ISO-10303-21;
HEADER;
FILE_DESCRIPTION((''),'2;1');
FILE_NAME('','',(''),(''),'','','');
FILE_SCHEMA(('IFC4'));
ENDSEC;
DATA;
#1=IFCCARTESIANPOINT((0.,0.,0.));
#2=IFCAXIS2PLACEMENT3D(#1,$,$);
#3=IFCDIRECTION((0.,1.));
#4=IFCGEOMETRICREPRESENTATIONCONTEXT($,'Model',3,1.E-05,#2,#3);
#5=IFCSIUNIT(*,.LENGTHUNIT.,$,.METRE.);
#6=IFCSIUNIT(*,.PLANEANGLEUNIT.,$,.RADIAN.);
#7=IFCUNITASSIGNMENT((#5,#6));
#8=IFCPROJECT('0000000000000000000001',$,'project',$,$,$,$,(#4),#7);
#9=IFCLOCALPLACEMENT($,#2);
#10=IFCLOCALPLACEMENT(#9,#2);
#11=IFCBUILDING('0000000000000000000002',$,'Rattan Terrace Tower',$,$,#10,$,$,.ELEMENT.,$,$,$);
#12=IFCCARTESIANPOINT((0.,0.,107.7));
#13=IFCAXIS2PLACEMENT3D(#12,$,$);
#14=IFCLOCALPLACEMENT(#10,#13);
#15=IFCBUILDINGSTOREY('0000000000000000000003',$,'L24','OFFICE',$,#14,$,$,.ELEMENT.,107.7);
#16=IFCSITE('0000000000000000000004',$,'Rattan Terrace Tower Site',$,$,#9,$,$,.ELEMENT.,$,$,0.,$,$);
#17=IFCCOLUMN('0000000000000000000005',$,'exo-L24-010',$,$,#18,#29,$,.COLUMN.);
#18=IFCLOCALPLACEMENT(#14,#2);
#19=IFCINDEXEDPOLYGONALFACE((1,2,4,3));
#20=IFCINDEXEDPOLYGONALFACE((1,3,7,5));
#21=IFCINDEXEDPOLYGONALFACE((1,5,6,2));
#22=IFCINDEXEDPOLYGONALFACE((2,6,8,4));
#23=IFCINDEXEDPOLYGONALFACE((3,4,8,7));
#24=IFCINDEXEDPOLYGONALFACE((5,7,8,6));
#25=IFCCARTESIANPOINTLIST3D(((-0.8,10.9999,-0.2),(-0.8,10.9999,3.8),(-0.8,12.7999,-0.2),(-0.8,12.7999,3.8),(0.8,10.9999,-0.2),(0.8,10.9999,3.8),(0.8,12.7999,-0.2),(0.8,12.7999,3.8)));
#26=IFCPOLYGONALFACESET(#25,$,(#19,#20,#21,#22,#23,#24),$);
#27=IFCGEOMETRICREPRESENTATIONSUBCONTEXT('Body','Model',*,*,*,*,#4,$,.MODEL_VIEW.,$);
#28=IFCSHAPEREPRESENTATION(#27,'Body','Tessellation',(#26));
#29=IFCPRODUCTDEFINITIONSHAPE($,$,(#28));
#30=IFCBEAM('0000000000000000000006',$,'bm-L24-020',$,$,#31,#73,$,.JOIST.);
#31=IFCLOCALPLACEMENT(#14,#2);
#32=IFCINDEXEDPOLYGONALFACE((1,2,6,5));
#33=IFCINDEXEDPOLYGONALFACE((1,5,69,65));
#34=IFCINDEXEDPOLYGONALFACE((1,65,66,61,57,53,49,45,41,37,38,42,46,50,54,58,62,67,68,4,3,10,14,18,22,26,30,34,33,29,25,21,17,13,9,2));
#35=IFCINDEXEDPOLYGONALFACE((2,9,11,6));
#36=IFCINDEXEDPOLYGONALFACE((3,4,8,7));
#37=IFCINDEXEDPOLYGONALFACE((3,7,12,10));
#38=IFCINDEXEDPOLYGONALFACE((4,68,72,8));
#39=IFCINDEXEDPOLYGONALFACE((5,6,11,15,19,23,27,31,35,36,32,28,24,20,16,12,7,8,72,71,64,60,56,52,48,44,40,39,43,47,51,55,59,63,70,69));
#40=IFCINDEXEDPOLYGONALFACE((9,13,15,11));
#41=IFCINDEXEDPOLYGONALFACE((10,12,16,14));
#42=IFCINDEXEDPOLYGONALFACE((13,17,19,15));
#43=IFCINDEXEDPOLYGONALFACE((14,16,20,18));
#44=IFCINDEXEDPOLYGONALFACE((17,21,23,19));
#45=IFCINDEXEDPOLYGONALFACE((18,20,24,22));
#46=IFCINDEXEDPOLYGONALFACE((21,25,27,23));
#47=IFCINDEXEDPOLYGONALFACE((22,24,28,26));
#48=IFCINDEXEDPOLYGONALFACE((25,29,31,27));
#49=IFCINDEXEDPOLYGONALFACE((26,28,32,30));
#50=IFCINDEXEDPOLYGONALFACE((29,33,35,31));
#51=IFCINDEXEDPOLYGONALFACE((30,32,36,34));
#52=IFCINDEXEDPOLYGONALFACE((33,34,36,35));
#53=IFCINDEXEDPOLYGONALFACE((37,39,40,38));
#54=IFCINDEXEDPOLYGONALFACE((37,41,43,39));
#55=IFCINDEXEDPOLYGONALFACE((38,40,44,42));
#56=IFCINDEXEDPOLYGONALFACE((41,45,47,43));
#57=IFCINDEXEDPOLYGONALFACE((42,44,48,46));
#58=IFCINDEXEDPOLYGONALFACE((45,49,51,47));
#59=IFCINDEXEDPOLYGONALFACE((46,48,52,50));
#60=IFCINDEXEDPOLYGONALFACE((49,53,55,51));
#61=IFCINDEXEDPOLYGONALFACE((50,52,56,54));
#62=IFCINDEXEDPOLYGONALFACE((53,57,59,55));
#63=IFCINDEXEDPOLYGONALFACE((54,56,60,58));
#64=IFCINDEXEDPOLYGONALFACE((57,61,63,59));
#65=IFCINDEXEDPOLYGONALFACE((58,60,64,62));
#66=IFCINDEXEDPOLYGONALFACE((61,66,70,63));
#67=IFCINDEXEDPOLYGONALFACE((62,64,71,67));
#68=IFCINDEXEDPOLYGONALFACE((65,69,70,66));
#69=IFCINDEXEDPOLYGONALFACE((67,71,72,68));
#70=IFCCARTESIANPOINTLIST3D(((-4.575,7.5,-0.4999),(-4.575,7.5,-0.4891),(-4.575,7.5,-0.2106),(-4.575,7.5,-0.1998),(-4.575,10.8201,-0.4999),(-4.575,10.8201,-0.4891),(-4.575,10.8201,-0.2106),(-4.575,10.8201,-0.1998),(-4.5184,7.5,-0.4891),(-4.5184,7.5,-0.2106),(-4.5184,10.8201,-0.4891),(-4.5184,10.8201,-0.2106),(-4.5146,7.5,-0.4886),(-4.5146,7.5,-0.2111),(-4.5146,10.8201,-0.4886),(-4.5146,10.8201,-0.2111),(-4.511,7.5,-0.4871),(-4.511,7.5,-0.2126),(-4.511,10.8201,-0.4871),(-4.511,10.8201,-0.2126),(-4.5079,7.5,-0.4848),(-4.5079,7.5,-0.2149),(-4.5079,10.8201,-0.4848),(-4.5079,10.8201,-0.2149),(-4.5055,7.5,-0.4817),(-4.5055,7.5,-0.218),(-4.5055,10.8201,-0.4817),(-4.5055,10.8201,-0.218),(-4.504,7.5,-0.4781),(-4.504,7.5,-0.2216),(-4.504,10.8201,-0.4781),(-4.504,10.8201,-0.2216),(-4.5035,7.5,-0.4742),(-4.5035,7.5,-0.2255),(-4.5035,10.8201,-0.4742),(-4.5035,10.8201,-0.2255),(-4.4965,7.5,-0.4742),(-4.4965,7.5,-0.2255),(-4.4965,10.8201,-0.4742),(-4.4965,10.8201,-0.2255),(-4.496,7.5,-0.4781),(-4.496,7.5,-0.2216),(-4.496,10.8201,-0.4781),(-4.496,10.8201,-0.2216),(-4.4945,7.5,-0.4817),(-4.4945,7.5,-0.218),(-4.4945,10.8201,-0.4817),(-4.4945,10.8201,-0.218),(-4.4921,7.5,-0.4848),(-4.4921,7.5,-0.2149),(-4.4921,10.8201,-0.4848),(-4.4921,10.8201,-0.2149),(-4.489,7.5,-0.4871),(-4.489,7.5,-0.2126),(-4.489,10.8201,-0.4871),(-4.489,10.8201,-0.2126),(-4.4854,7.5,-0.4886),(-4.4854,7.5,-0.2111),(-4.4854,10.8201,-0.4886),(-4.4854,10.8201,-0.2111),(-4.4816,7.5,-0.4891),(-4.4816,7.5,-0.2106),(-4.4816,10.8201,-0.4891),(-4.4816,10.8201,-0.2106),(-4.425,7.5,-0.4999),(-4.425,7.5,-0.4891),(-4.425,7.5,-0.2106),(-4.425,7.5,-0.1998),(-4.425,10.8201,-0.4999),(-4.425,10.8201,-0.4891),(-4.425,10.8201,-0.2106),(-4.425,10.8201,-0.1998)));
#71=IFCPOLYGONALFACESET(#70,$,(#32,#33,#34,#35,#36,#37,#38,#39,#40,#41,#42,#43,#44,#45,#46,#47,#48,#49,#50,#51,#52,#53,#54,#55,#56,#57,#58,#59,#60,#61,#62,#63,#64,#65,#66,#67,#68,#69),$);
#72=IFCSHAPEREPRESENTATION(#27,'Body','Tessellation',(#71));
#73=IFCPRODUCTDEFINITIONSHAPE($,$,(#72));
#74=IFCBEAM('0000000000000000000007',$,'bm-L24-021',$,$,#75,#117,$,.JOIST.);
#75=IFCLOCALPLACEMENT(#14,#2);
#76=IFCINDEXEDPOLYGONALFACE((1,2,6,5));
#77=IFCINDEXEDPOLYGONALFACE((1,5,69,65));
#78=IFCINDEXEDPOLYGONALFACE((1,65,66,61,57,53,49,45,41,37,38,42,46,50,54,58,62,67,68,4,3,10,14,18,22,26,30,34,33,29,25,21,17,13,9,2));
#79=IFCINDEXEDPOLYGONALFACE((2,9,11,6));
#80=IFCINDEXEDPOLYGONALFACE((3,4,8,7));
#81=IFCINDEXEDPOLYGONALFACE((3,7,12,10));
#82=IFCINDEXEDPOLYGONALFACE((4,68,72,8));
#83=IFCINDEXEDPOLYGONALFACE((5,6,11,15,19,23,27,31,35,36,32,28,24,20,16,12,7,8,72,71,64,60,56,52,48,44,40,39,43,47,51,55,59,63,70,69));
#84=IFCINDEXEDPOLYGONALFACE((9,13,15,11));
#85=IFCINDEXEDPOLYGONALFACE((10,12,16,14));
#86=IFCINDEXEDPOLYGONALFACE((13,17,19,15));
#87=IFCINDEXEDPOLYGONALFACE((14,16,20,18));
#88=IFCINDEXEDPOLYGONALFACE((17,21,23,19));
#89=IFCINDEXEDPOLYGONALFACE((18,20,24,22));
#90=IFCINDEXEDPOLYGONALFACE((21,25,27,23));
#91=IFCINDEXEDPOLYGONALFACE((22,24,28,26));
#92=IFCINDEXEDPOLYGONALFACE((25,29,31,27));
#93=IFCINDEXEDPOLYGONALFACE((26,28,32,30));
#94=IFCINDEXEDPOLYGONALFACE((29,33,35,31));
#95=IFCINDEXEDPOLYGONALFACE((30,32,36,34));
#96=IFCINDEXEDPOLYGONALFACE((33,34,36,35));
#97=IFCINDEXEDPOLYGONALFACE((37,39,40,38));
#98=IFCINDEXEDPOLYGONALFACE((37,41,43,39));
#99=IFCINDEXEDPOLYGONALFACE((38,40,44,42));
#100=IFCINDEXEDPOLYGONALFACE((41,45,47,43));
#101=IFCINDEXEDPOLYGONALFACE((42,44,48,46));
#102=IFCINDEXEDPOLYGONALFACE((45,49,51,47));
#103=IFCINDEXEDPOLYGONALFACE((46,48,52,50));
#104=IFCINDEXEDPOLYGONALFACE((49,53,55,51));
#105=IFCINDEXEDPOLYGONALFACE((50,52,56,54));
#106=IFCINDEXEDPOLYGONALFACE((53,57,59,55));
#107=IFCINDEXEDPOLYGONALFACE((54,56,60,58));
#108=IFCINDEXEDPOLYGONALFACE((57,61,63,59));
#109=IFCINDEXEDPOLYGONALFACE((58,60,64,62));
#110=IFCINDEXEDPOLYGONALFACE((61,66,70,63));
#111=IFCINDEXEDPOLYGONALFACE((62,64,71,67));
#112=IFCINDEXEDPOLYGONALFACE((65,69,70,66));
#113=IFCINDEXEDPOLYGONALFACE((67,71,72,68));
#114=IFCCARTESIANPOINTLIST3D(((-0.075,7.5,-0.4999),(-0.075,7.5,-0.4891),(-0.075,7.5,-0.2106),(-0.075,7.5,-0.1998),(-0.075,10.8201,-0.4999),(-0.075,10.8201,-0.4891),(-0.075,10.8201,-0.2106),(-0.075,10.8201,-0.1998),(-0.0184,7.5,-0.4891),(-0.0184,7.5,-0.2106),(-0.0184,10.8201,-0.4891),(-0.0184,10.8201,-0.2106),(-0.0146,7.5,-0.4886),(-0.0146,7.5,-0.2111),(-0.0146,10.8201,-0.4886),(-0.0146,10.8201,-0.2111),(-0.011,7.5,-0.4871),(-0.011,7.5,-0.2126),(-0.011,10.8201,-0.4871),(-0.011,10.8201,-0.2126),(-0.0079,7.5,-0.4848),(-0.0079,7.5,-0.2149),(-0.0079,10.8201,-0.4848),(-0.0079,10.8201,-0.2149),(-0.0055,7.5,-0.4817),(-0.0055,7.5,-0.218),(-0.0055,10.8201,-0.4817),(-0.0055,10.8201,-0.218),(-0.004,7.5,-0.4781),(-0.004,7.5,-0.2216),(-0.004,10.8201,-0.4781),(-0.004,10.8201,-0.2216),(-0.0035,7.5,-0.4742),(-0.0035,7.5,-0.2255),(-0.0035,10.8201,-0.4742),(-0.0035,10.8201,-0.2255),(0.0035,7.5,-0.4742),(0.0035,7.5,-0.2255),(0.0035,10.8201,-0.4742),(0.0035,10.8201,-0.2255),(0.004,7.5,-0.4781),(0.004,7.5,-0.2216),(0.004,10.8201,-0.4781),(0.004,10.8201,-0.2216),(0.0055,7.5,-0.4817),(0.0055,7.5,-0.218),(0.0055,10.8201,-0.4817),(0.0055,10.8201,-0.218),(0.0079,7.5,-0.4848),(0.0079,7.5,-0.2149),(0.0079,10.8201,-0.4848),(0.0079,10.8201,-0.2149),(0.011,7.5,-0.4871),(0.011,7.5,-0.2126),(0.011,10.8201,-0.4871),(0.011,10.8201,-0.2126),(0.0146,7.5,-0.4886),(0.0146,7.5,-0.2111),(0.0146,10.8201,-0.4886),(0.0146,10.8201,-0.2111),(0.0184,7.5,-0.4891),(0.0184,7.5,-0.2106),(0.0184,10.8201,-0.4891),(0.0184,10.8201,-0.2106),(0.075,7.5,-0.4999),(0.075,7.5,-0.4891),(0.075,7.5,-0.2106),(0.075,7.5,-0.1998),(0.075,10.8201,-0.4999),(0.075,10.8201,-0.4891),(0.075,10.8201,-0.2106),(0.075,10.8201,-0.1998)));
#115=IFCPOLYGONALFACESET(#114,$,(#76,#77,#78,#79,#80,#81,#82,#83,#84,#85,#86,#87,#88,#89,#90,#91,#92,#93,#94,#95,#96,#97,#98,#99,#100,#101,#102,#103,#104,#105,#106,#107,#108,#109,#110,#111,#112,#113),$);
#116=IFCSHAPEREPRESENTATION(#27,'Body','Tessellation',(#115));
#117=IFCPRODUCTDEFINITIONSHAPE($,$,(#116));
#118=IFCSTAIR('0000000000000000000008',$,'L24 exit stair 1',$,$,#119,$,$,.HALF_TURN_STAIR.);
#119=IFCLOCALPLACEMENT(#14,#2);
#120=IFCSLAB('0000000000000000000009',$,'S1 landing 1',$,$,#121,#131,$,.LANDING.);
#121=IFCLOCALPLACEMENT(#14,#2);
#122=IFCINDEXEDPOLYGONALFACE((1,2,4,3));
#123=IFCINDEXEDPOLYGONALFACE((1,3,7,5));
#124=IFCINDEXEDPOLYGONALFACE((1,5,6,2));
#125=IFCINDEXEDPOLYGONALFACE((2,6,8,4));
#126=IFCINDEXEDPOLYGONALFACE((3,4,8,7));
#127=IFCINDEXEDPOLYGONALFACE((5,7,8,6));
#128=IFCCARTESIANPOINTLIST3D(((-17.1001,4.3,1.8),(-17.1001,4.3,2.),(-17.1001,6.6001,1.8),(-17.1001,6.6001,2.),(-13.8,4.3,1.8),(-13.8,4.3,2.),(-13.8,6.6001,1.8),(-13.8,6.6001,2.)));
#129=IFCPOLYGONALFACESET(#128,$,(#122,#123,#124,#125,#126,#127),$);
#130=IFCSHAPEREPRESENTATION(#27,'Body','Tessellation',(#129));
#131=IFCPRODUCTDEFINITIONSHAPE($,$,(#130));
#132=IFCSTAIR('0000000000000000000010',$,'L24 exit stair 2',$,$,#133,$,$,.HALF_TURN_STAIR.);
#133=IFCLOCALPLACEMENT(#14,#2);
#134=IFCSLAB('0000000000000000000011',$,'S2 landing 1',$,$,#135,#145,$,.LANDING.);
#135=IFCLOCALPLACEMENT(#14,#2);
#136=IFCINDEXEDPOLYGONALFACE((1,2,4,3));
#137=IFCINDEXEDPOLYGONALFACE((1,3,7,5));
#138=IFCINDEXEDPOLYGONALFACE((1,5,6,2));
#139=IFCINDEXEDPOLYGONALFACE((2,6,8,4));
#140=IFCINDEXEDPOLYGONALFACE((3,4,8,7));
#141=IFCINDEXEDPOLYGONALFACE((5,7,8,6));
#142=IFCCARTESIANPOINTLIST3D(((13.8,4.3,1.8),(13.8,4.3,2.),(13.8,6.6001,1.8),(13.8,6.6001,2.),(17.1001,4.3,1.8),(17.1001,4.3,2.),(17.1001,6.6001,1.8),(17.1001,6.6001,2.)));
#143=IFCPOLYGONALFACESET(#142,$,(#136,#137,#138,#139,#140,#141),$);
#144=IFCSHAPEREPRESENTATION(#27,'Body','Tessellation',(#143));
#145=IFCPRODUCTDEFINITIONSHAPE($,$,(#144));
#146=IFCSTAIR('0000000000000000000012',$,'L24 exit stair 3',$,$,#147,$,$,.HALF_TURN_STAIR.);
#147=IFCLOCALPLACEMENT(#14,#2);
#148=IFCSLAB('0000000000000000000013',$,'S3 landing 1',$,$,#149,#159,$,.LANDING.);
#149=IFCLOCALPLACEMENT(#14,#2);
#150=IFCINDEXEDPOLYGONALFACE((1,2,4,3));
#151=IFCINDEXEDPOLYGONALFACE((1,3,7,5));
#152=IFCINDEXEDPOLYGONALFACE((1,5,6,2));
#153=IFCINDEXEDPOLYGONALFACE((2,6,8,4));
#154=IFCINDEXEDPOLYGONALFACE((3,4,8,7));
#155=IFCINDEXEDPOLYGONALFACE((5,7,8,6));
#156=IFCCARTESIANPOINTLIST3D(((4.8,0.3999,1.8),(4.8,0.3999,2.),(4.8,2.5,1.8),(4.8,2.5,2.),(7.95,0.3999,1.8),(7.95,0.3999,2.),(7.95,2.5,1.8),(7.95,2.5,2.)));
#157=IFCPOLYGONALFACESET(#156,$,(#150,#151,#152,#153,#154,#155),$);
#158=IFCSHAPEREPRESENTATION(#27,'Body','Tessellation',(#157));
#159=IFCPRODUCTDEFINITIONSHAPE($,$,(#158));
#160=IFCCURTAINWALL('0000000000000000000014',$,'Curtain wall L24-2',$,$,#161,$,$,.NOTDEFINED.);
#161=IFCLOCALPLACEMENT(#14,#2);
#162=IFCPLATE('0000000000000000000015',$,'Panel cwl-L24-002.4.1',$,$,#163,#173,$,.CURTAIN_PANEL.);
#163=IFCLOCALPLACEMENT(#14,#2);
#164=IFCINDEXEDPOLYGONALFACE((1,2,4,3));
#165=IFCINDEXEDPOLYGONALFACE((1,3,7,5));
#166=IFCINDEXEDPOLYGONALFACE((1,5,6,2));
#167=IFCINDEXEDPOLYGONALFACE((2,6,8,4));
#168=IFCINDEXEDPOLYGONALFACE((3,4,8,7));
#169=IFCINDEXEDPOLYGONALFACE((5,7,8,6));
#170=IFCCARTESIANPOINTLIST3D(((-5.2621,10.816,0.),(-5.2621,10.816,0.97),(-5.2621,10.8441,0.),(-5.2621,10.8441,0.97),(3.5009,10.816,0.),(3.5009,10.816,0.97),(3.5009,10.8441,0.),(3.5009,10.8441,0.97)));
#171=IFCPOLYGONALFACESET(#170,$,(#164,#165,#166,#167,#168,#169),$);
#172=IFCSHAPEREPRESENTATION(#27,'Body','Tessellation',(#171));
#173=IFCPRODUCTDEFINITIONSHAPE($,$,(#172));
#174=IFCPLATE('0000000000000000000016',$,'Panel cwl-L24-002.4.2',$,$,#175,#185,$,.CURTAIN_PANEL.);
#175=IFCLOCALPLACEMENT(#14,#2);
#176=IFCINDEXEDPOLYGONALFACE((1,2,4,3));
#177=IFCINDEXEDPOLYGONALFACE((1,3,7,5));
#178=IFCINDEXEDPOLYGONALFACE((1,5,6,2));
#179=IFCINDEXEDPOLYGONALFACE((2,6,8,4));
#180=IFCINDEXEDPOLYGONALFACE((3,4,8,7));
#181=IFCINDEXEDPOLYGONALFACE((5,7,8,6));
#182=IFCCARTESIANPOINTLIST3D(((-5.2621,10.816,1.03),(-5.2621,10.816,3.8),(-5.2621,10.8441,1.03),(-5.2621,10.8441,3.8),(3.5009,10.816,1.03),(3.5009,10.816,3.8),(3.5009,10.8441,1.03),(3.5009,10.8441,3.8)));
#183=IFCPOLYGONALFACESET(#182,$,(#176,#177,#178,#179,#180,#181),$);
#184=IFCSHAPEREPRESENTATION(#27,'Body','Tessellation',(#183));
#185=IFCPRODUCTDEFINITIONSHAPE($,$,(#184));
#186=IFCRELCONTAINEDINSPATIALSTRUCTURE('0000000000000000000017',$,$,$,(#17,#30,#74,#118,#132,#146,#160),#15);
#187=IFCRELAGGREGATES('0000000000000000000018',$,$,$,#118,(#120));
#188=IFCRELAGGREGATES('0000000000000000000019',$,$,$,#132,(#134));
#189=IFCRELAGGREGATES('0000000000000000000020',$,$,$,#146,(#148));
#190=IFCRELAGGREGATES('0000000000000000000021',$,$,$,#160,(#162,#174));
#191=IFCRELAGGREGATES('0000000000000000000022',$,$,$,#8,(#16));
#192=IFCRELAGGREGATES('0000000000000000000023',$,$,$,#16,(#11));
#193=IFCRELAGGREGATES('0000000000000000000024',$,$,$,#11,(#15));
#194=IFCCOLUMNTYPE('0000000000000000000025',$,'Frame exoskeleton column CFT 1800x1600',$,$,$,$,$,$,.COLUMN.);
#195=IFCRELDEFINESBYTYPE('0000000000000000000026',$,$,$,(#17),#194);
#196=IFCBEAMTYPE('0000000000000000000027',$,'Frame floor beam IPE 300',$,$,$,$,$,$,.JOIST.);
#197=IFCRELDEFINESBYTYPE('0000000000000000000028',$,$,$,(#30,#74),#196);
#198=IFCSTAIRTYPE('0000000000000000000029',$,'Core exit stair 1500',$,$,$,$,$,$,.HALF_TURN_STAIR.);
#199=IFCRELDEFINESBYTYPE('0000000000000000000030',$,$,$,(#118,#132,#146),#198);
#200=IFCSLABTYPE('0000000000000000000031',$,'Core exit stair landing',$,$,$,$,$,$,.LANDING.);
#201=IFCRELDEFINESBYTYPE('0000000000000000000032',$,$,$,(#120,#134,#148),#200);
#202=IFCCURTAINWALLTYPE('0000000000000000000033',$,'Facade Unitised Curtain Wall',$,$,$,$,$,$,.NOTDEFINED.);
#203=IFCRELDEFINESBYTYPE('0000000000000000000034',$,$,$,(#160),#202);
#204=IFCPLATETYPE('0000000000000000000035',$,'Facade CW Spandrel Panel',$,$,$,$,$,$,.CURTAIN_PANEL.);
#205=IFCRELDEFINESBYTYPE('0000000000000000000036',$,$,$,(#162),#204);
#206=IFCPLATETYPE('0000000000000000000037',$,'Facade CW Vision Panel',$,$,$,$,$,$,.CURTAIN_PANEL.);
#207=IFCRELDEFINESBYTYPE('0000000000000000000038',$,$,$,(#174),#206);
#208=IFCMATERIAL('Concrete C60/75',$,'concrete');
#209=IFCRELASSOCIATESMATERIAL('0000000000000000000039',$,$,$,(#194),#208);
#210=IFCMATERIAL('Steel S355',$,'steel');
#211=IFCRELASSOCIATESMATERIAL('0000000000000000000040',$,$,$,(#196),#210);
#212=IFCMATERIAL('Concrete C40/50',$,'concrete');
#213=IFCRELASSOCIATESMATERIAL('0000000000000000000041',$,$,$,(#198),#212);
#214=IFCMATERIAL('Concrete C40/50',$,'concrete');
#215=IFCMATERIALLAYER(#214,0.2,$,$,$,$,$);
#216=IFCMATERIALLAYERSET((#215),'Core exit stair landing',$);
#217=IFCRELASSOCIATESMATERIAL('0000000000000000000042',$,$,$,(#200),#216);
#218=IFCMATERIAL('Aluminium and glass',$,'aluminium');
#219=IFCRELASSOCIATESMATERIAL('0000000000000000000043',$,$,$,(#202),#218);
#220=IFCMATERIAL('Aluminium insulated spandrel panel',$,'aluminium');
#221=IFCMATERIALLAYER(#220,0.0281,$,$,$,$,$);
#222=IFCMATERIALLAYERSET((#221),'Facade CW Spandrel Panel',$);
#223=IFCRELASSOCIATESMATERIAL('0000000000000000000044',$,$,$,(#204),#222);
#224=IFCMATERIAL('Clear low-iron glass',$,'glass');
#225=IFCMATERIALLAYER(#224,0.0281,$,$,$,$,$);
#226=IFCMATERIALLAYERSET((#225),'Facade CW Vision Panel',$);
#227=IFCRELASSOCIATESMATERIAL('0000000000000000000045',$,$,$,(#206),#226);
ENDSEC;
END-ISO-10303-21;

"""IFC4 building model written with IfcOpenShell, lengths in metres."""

from ifc_helpers import new_model, si_unit, direction, frame, origin, origin_2d, place, context, subcontext, project, spatial, polyline, rectangle, i_section, outline, extrude, material, layer, layer_set, material_profile, profile_set, type_object, element, aggregate, save


model = new_model("IFC4")

# Units and contexts
model_context = context("Model", 3, precision=1e-05, world=origin(), true_north=direction((0.0, 1.0)))
body_context = subcontext(model_context, "Body", "Model", "MODEL_VIEW")
ifc_project = project(units=[si_unit("LENGTHUNIT", "METRE"), si_unit("PLANEANGLEUNIT", "RADIAN")], contexts=[model_context])

# Site, building, storey
site_placement = place(None, origin())
site = spatial("IfcSite", under=ifc_project, at=site_placement, Name="Rattan Terrace Tower Site", CompositionType="ELEMENT", RefElevation=0.0)
building_placement = place(site_placement, origin())
building = spatial("IfcBuilding", under=site, at=building_placement, Name="Rattan Terrace Tower", CompositionType="ELEMENT")
storey_placement = place(building_placement, frame((0.0, 0.0, 107.7)))
storey = spatial("IfcBuildingStorey", under=building, at=storey_placement, Name="L24", Description="OFFICE", CompositionType="ELEMENT", Elevation=107.7)

# Column
ifc_material_1 = material(Name="Concrete C60/75", Category="concrete")
ifc_material_profile_1 = material_profile(ifc_material_1, rectangle(XDim=1.6001, YDim=1.8, at=origin_2d()), Name="CFT 1800x1600")
ifc_profile_set_1 = profile_set([ifc_material_profile_1], Name="Concrete C60/75")
column_type = type_object("IfcColumnType", Name="Frame exoskeleton column CFT 1800x1600", PredefinedType="COLUMN", material=ifc_profile_set_1)
column_placement = place(storey_placement, frame((0.0, 11.8999, -0.2), z_axis=(0.0, 0.0, 1.0), x_axis=(1.0, 0.0, 0.0)))
element("IfcColumn", 1, at=column_placement, inside=storey, type_object=column_type, Name="exo-L24-010", PredefinedType="COLUMN", context=body_context, shape_type="SweptSolid", body=[
    extrude(rectangle(XDim=1.6001, YDim=1.8, at=origin_2d()), origin(), (0.0, 0.0, 1.0), 4.0),
])

# Beams
ifc_material_2 = material(Name="Steel S355", Category="steel")
ifc_material_profile_2 = material_profile(ifc_material_2, i_section(OverallWidth=0.1499, OverallDepth=0.3, WebThickness=0.0071, FlangeThickness=0.0107, FilletRadius=0.0149, at=origin_2d()), Name="IPE 300")
ifc_profile_set_2 = profile_set([ifc_material_profile_2], Name="Steel S355")
beam_type = type_object("IfcBeamType", Name="Frame floor beam IPE 300", PredefinedType="JOIST", material=ifc_profile_set_2)
for number, where, z_axis, x_axis, name in (
    (2, (-4.5, 7.5, -0.3499), (0.0, 1.0, 0.0), (-1.0, 0.0, 0.0), "bm-L24-020"),
    (3, (0.0, 7.5, -0.3499), (0.0, 1.0, 0.0), (-1.0, 0.0, 0.0), "bm-L24-021"),
):
    element("IfcBeam", number, at=place(storey_placement, frame(where, z_axis=z_axis, x_axis=x_axis)), inside=storey, type_object=beam_type, Name=name, PredefinedType="JOIST", context=body_context, shape_type="SweptSolid", body=[
        extrude(i_section(OverallWidth=0.1499, OverallDepth=0.3, WebThickness=0.0071, FlangeThickness=0.0107, FilletRadius=0.0149, at=origin_2d()), origin(), (0.0, 0.0, 1.0), 3.3201),
    ])

# Stairs, slabs
ifc_material_3 = material(Name="Concrete C40/50", Category="concrete")
stair_type = type_object("IfcStairType", Name="Core exit stair 1500", PredefinedType="HALF_TURN_STAIR", material=ifc_material_3)
stair_1_placement = place(storey_placement, origin())
stair_1 = element("IfcStair", 4, at=stair_1_placement, inside=storey, type_object=stair_type, Name="L24 exit stair 1", PredefinedType="HALF_TURN_STAIR")
ifc_material_4 = material(Name="Concrete C40/50", Category="concrete")
ifc_layer_1 = layer(ifc_material_4, 0.2)
ifc_layer_set_1 = layer_set([ifc_layer_1], Name="Core exit stair landing")
slab_type_1 = type_object("IfcSlabType", Name="Core exit stair landing", PredefinedType="LANDING", material=ifc_layer_set_1)
slab_1_placement = place(storey_placement, frame((0.0, 0.0, 1.8)))
slab_1 = element("IfcSlab", 5, at=slab_1_placement, type_object=slab_type_1, Name="S1 landing 1", PredefinedType="LANDING", context=body_context, shape_type="SweptSolid", body=[
    extrude(outline(polyline([(-13.8, 4.3), (-13.8, 6.6001), (-17.1001, 6.6001), (-17.1001, 4.3), (-13.8, 4.3)])), origin(), (0.0, 0.0, 1.0), 0.2),
])
aggregate(stair_1, [slab_1])
stair_2_placement = place(storey_placement, origin())
stair_2 = element("IfcStair", 6, at=stair_2_placement, inside=storey, type_object=stair_type, Name="L24 exit stair 2", PredefinedType="HALF_TURN_STAIR")
slab_2_placement = place(storey_placement, frame((0.0, 0.0, 1.8)))
slab_2 = element("IfcSlab", 7, at=slab_2_placement, type_object=slab_type_1, Name="S2 landing 1", PredefinedType="LANDING", context=body_context, shape_type="SweptSolid", body=[
    extrude(outline(polyline([(17.1001, 4.3), (17.1001, 6.6001), (13.8, 6.6001), (13.8, 4.3), (17.1001, 4.3)])), origin(), (0.0, 0.0, 1.0), 0.2),
])
aggregate(stair_2, [slab_2])
stair_3_placement = place(storey_placement, origin())
stair_3 = element("IfcStair", 8, at=stair_3_placement, inside=storey, type_object=stair_type, Name="L24 exit stair 3", PredefinedType="HALF_TURN_STAIR")
slab_3_placement = place(storey_placement, frame((0.0, 0.0, 1.8)))
slab_3 = element("IfcSlab", 9, at=slab_3_placement, type_object=slab_type_1, Name="S3 landing 1", PredefinedType="LANDING", context=body_context, shape_type="SweptSolid", body=[
    extrude(outline(polyline([(4.8, 2.5), (4.8, 0.3999), (7.95, 0.3999), (7.95, 2.5), (4.8, 2.5)])), origin(), (0.0, 0.0, 1.0), 0.2),
])
aggregate(stair_3, [slab_3])

# Curtain wall, plates
ifc_material_5 = material(Name="Aluminium and glass", Category="aluminium")
curtain_wall_type = type_object("IfcCurtainWallType", Name="Facade Unitised Curtain Wall", PredefinedType="NOTDEFINED", material=ifc_material_5)
curtain_wall_placement = place(storey_placement, origin())
curtain_wall = element("IfcCurtainWall", 10, at=curtain_wall_placement, inside=storey, type_object=curtain_wall_type, Name="Curtain wall L24-2", PredefinedType="NOTDEFINED")
ifc_material_6 = material(Name="Aluminium insulated spandrel panel", Category="aluminium")
ifc_layer_2 = layer(ifc_material_6, 0.0281)
ifc_layer_set_2 = layer_set([ifc_layer_2], Name="Facade CW Spandrel Panel")
plate_type_1 = type_object("IfcPlateType", Name="Facade CW Spandrel Panel", PredefinedType="CURTAIN_PANEL", material=ifc_layer_set_2)
plate_1_placement = place(storey_placement, frame((-0.8806, 10.8301, 0.0), z_axis=(0.0, 0.0, 1.0), x_axis=(-1.0, 0.0, 0.0)))
plate_1 = element("IfcPlate", 11, at=plate_1_placement, type_object=plate_type_1, Name="Panel cwl-L24-002.4.1", PredefinedType="CURTAIN_PANEL", context=body_context, shape_type="SweptSolid", body=[
    extrude(rectangle(XDim=8.7629, YDim=0.0281, at=origin_2d()), origin(), (0.0, 0.0, 1.0), 0.97),
])
ifc_material_7 = material(Name="Clear low-iron glass", Category="glass")
ifc_layer_3 = layer(ifc_material_7, 0.0281)
ifc_layer_set_3 = layer_set([ifc_layer_3], Name="Facade CW Vision Panel")
plate_type_2 = type_object("IfcPlateType", Name="Facade CW Vision Panel", PredefinedType="CURTAIN_PANEL", material=ifc_layer_set_3)
plate_2_placement = place(storey_placement, frame((-0.8806, 10.8301, 1.03), z_axis=(0.0, 0.0, 1.0), x_axis=(-1.0, 0.0, 0.0)))
plate_2 = element("IfcPlate", 12, at=plate_2_placement, type_object=plate_type_2, Name="Panel cwl-L24-002.4.2", PredefinedType="CURTAIN_PANEL", context=body_context, shape_type="SweptSolid", body=[
    extrude(rectangle(XDim=8.7629, YDim=0.0281, at=origin_2d()), origin(), (0.0, 0.0, 1.0), 2.77),
])
aggregate(curtain_wall, [plate_1, plate_2])

save(model, "model.ifc")
